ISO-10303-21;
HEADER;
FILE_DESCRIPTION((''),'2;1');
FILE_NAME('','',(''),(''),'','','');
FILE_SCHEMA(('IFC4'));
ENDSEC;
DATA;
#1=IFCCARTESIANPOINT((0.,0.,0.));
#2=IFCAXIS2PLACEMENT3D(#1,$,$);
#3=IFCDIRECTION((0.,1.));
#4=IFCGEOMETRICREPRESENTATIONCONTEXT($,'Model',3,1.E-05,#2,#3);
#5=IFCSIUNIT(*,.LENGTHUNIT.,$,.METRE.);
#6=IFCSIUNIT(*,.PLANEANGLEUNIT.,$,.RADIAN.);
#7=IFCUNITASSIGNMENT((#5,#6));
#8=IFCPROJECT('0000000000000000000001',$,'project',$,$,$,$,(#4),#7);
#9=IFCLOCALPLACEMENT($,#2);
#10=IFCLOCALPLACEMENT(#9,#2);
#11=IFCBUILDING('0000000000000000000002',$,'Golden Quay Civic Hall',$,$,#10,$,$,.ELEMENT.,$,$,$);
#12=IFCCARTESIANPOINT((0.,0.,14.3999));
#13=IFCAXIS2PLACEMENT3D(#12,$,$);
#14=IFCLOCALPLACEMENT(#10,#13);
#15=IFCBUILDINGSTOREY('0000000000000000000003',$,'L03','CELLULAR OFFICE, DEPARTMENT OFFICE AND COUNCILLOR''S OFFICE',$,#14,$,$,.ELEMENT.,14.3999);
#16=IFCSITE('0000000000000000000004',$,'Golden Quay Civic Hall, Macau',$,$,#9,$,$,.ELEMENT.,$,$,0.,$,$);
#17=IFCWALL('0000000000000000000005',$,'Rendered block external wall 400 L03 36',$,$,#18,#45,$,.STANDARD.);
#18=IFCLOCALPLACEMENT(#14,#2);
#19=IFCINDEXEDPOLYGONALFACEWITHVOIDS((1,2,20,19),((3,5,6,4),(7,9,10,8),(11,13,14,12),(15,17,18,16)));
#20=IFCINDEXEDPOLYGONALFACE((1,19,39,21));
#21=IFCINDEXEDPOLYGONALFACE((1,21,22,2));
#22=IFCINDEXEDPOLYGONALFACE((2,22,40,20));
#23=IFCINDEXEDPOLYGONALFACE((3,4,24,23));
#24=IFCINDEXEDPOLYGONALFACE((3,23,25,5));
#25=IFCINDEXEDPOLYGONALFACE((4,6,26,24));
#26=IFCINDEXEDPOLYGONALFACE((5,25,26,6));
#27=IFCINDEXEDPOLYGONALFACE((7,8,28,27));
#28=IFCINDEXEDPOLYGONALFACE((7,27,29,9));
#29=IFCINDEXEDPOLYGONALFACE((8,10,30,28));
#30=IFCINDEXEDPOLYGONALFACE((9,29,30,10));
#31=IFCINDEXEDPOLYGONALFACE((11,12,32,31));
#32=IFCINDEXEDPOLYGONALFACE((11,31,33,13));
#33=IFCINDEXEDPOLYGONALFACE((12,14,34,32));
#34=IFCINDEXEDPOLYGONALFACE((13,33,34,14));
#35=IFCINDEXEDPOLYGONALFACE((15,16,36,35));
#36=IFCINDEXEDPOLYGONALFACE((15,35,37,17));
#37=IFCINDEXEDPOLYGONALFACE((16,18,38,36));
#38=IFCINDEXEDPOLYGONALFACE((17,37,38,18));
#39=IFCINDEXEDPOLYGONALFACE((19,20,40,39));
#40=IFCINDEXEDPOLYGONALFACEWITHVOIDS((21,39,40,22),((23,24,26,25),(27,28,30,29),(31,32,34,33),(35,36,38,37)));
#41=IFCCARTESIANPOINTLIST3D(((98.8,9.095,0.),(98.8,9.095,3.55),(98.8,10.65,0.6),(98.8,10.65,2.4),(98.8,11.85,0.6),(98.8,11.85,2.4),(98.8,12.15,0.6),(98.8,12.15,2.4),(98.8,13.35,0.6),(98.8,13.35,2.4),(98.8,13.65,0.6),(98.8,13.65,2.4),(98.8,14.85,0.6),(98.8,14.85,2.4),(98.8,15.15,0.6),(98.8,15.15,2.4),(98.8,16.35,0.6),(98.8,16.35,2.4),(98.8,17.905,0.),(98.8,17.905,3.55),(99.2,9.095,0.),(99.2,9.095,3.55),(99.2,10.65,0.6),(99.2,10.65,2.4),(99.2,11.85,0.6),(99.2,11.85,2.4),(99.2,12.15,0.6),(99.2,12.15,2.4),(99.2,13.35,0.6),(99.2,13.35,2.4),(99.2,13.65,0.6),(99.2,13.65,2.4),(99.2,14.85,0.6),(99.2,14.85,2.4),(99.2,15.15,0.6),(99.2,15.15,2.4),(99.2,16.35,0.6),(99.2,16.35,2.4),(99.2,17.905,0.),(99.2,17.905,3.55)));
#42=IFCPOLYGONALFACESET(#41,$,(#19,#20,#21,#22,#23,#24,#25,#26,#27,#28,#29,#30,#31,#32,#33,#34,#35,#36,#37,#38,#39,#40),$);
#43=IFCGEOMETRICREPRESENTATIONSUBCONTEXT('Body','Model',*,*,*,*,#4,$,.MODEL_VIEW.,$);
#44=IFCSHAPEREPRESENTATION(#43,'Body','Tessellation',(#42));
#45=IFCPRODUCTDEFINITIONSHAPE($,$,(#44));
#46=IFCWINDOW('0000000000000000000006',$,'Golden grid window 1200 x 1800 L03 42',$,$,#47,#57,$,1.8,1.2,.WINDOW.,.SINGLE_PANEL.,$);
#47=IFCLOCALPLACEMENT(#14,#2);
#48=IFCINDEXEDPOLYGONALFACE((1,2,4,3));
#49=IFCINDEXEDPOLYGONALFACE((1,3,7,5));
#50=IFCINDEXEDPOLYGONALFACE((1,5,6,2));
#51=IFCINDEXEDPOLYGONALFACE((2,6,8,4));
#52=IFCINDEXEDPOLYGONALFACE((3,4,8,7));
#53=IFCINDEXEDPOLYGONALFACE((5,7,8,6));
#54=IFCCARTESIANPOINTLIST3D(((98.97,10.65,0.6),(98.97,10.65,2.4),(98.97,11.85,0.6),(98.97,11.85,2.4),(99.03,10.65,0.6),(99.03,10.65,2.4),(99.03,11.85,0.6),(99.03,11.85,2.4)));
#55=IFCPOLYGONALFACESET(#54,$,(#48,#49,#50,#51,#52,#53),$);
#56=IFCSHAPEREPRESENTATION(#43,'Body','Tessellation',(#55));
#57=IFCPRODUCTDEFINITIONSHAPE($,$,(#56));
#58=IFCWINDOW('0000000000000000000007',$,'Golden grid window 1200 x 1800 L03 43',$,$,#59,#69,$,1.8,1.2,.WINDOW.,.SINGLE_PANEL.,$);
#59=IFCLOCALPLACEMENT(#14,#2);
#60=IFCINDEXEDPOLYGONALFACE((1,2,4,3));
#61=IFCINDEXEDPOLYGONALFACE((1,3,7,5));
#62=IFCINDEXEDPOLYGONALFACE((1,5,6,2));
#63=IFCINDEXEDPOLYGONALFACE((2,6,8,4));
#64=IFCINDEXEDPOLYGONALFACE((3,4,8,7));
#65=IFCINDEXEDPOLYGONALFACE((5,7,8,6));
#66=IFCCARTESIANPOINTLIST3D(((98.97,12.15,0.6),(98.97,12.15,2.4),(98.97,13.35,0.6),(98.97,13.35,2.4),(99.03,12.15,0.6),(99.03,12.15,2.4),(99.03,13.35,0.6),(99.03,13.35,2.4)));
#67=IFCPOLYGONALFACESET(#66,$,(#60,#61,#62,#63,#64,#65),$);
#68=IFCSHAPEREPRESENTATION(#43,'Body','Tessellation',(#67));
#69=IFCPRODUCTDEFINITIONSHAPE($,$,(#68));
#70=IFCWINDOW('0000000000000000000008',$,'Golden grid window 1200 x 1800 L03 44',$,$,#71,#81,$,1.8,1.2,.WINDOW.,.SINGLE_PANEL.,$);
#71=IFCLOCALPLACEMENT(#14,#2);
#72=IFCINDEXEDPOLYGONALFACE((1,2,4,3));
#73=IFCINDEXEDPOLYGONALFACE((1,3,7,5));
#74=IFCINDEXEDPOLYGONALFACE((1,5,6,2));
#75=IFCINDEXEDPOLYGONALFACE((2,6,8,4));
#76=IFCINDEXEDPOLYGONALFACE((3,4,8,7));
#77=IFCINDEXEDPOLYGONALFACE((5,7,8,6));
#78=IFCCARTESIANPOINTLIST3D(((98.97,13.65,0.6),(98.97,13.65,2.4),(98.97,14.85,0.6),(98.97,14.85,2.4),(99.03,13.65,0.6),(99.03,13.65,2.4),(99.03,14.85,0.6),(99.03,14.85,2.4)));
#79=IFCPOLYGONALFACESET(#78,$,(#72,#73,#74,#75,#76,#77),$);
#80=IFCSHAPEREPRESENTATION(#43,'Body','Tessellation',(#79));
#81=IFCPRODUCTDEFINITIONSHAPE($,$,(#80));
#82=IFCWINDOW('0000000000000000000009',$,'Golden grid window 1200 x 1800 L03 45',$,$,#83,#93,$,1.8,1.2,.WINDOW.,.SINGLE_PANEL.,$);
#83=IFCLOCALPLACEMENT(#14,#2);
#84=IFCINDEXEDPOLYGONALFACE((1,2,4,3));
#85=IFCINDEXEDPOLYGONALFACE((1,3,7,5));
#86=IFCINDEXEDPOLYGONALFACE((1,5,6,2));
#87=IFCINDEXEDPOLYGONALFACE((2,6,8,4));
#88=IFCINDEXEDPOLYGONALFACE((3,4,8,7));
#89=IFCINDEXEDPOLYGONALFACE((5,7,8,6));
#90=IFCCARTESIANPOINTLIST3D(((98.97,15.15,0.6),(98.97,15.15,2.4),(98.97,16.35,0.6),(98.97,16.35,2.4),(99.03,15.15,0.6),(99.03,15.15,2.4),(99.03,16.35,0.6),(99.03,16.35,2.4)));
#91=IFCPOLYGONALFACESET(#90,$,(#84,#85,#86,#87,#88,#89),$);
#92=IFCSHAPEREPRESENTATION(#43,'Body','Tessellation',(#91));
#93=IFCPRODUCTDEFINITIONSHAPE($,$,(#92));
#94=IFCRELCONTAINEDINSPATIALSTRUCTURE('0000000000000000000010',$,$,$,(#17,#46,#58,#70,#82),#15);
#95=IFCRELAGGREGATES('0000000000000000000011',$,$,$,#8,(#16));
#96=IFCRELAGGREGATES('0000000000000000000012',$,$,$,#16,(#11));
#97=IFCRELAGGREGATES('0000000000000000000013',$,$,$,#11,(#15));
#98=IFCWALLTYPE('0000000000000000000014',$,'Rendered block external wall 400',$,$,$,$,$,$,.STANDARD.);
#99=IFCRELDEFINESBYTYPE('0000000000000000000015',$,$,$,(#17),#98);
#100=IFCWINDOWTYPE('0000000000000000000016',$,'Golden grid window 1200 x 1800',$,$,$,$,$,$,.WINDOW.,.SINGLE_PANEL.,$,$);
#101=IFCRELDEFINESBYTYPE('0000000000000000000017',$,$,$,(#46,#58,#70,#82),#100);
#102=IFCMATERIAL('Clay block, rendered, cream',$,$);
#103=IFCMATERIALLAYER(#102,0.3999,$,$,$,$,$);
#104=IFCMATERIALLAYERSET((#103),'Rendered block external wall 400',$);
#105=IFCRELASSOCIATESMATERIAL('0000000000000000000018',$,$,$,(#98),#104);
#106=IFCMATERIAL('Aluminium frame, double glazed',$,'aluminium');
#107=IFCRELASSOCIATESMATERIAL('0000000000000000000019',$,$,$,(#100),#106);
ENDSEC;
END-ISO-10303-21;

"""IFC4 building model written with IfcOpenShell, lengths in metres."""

from ifc_helpers import new_model, si_unit, direction, frame, frame_2d, origin, place, context, subcontext, project, spatial, rectangle, extrude, material, layer, layer_set, type_object, element, fill, save


model = new_model("IFC4")

# Units and contexts
model_context = context("Model", 3, precision=1e-05, world=origin(), true_north=direction((0.0, 1.0)))
body_context = subcontext(model_context, "Body", "Model", "MODEL_VIEW")
ifc_project = project(units=[si_unit("LENGTHUNIT", "METRE"), si_unit("PLANEANGLEUNIT", "RADIAN")], contexts=[model_context])

# Site, building, storey
site_placement = place(None, origin())
site = spatial("IfcSite", under=ifc_project, at=site_placement, Name="Golden Quay Civic Hall, Macau", CompositionType="ELEMENT", RefElevation=0.0)
building_placement = place(site_placement, origin())
building = spatial("IfcBuilding", under=site, at=building_placement, Name="Golden Quay Civic Hall", CompositionType="ELEMENT")
storey_placement = place(building_placement, frame((0.0, 0.0, 14.3999)))
storey = spatial("IfcBuildingStorey", under=building, at=storey_placement, Name="L03", Description="CELLULAR OFFICE, DEPARTMENT OFFICE AND COUNCILLOR'S OFFICE", CompositionType="ELEMENT", Elevation=14.3999)

# Wall, openings, windows
ifc_material_1 = material(Name="Clay block, rendered, cream")
ifc_layer_1 = layer(ifc_material_1, 0.3999)
ifc_layer_set_1 = layer_set([ifc_layer_1], Name="Rendered block external wall 400")
wall_type = type_object("IfcWallType", Name="Rendered block external wall 400", PredefinedType="STANDARD", material=ifc_layer_set_1)
wall_placement = place(storey_placement, frame((99.0, 9.095, 0.0), z_axis=(0.0, 0.0, 1.0), x_axis=(0.0, 1.0, 0.0)))
wall = element("IfcWall", 1, at=wall_placement, inside=storey, type_object=wall_type, Name="Rendered block external wall 400 L03 36", PredefinedType="STANDARD", context=body_context, shape_type="SweptSolid", body=[
    extrude(rectangle(XDim=8.8101, YDim=0.3999, at=frame_2d((4.405, 0.0))), origin(), (0.0, 0.0, 1.0), 3.55),
])
opening_1_placement = place(wall_placement, frame((1.5549, 0.0, 0.6001)))
opening_1 = element("IfcOpeningElement", 2, at=opening_1_placement, cuts=wall, PredefinedType="OPENING", context=body_context, shape_type="SweptSolid", body=[
    extrude(rectangle(XDim=1.2, YDim=1.8, at=frame_2d((0.6001, 0.8999))), frame((0.0, 0.21, 0.0), z_axis=(0.0, -1.0, 0.0), x_axis=(1.0, 0.0, 0.0)), (0.0, 0.0, 1.0), 0.4199),
])
opening_2_placement = place(wall_placement, frame((3.0549, 0.0, 0.6001)))
opening_2 = element("IfcOpeningElement", 3, at=opening_2_placement, cuts=wall, PredefinedType="OPENING", context=body_context, shape_type="SweptSolid", body=[
    extrude(rectangle(XDim=1.2, YDim=1.8, at=frame_2d((0.6001, 0.8999))), frame((0.0, 0.21, 0.0), z_axis=(0.0, -1.0, 0.0), x_axis=(1.0, 0.0, 0.0)), (0.0, 0.0, 1.0), 0.4199),
])
opening_3_placement = place(wall_placement, frame((4.5549, 0.0, 0.6001)))
opening_3 = element("IfcOpeningElement", 4, at=opening_3_placement, cuts=wall, PredefinedType="OPENING", context=body_context, shape_type="SweptSolid", body=[
    extrude(rectangle(XDim=1.2, YDim=1.8, at=frame_2d((0.6001, 0.8999))), frame((0.0, 0.21, 0.0), z_axis=(0.0, -1.0, 0.0), x_axis=(1.0, 0.0, 0.0)), (0.0, 0.0, 1.0), 0.4199),
])
opening_4_placement = place(wall_placement, frame((6.0549, 0.0, 0.6001)))
opening_4 = element("IfcOpeningElement", 5, at=opening_4_placement, cuts=wall, PredefinedType="OPENING", context=body_context, shape_type="SweptSolid", body=[
    extrude(rectangle(XDim=1.2, YDim=1.8, at=frame_2d((0.6001, 0.8999))), frame((0.0, 0.21, 0.0), z_axis=(0.0, -1.0, 0.0), x_axis=(1.0, 0.0, 0.0)), (0.0, 0.0, 1.0), 0.4199),
])
ifc_material_2 = material(Name="Aluminium frame, double glazed", Category="aluminium")
window_type = type_object("IfcWindowType", Name="Golden grid window 1200 x 1800", PartitioningType="SINGLE_PANEL", PredefinedType="WINDOW", material=ifc_material_2)
window_1_placement = place(opening_1_placement, origin())
window_1 = element("IfcWindow", 6, at=window_1_placement, inside=storey, type_object=window_type, Name="Golden grid window 1200 x 1800 L03 42", OverallHeight=1.8, OverallWidth=1.2, PartitioningType="SINGLE_PANEL", PredefinedType="WINDOW", context=body_context, shape_type="SweptSolid", body=[
    extrude(rectangle(XDim=1.2, YDim=1.8, at=frame_2d((0.6001, 0.8999))), frame((0.0, 0.03, 0.0), z_axis=(0.0, -1.0, 0.0), x_axis=(1.0, 0.0, 0.0)), (0.0, 0.0, 1.0), 0.0601),
])
fill(opening_1, window_1)
window_2_placement = place(opening_2_placement, origin())
window_2 = element("IfcWindow", 7, at=window_2_placement, inside=storey, type_object=window_type, Name="Golden grid window 1200 x 1800 L03 43", OverallHeight=1.8, OverallWidth=1.2, PartitioningType="SINGLE_PANEL", PredefinedType="WINDOW", context=body_context, shape_type="SweptSolid", body=[
    extrude(rectangle(XDim=1.2, YDim=1.8, at=frame_2d((0.6001, 0.8999))), frame((0.0, 0.03, 0.0), z_axis=(0.0, -1.0, 0.0), x_axis=(1.0, 0.0, 0.0)), (0.0, 0.0, 1.0), 0.0601),
])
fill(opening_2, window_2)
window_3_placement = place(opening_3_placement, origin())
window_3 = element("IfcWindow", 8, at=window_3_placement, inside=storey, type_object=window_type, Name="Golden grid window 1200 x 1800 L03 44", OverallHeight=1.8, OverallWidth=1.2, PartitioningType="SINGLE_PANEL", PredefinedType="WINDOW", context=body_context, shape_type="SweptSolid", body=[
    extrude(rectangle(XDim=1.2, YDim=1.8, at=frame_2d((0.6001, 0.8999))), frame((0.0, 0.03, 0.0), z_axis=(0.0, -1.0, 0.0), x_axis=(1.0, 0.0, 0.0)), (0.0, 0.0, 1.0), 0.0601),
])
fill(opening_3, window_3)
window_4_placement = place(opening_4_placement, origin())
window_4 = element("IfcWindow", 9, at=window_4_placement, inside=storey, type_object=window_type, Name="Golden grid window 1200 x 1800 L03 45", OverallHeight=1.8, OverallWidth=1.2, PartitioningType="SINGLE_PANEL", PredefinedType="WINDOW", context=body_context, shape_type="SweptSolid", body=[
    extrude(rectangle(XDim=1.2, YDim=1.8, at=frame_2d((0.6001, 0.8999))), frame((0.0, 0.03, 0.0), z_axis=(0.0, -1.0, 0.0), x_axis=(1.0, 0.0, 0.0)), (0.0, 0.0, 1.0), 0.0601),
])
fill(opening_4, window_4)

save(model, "model.ifc")
